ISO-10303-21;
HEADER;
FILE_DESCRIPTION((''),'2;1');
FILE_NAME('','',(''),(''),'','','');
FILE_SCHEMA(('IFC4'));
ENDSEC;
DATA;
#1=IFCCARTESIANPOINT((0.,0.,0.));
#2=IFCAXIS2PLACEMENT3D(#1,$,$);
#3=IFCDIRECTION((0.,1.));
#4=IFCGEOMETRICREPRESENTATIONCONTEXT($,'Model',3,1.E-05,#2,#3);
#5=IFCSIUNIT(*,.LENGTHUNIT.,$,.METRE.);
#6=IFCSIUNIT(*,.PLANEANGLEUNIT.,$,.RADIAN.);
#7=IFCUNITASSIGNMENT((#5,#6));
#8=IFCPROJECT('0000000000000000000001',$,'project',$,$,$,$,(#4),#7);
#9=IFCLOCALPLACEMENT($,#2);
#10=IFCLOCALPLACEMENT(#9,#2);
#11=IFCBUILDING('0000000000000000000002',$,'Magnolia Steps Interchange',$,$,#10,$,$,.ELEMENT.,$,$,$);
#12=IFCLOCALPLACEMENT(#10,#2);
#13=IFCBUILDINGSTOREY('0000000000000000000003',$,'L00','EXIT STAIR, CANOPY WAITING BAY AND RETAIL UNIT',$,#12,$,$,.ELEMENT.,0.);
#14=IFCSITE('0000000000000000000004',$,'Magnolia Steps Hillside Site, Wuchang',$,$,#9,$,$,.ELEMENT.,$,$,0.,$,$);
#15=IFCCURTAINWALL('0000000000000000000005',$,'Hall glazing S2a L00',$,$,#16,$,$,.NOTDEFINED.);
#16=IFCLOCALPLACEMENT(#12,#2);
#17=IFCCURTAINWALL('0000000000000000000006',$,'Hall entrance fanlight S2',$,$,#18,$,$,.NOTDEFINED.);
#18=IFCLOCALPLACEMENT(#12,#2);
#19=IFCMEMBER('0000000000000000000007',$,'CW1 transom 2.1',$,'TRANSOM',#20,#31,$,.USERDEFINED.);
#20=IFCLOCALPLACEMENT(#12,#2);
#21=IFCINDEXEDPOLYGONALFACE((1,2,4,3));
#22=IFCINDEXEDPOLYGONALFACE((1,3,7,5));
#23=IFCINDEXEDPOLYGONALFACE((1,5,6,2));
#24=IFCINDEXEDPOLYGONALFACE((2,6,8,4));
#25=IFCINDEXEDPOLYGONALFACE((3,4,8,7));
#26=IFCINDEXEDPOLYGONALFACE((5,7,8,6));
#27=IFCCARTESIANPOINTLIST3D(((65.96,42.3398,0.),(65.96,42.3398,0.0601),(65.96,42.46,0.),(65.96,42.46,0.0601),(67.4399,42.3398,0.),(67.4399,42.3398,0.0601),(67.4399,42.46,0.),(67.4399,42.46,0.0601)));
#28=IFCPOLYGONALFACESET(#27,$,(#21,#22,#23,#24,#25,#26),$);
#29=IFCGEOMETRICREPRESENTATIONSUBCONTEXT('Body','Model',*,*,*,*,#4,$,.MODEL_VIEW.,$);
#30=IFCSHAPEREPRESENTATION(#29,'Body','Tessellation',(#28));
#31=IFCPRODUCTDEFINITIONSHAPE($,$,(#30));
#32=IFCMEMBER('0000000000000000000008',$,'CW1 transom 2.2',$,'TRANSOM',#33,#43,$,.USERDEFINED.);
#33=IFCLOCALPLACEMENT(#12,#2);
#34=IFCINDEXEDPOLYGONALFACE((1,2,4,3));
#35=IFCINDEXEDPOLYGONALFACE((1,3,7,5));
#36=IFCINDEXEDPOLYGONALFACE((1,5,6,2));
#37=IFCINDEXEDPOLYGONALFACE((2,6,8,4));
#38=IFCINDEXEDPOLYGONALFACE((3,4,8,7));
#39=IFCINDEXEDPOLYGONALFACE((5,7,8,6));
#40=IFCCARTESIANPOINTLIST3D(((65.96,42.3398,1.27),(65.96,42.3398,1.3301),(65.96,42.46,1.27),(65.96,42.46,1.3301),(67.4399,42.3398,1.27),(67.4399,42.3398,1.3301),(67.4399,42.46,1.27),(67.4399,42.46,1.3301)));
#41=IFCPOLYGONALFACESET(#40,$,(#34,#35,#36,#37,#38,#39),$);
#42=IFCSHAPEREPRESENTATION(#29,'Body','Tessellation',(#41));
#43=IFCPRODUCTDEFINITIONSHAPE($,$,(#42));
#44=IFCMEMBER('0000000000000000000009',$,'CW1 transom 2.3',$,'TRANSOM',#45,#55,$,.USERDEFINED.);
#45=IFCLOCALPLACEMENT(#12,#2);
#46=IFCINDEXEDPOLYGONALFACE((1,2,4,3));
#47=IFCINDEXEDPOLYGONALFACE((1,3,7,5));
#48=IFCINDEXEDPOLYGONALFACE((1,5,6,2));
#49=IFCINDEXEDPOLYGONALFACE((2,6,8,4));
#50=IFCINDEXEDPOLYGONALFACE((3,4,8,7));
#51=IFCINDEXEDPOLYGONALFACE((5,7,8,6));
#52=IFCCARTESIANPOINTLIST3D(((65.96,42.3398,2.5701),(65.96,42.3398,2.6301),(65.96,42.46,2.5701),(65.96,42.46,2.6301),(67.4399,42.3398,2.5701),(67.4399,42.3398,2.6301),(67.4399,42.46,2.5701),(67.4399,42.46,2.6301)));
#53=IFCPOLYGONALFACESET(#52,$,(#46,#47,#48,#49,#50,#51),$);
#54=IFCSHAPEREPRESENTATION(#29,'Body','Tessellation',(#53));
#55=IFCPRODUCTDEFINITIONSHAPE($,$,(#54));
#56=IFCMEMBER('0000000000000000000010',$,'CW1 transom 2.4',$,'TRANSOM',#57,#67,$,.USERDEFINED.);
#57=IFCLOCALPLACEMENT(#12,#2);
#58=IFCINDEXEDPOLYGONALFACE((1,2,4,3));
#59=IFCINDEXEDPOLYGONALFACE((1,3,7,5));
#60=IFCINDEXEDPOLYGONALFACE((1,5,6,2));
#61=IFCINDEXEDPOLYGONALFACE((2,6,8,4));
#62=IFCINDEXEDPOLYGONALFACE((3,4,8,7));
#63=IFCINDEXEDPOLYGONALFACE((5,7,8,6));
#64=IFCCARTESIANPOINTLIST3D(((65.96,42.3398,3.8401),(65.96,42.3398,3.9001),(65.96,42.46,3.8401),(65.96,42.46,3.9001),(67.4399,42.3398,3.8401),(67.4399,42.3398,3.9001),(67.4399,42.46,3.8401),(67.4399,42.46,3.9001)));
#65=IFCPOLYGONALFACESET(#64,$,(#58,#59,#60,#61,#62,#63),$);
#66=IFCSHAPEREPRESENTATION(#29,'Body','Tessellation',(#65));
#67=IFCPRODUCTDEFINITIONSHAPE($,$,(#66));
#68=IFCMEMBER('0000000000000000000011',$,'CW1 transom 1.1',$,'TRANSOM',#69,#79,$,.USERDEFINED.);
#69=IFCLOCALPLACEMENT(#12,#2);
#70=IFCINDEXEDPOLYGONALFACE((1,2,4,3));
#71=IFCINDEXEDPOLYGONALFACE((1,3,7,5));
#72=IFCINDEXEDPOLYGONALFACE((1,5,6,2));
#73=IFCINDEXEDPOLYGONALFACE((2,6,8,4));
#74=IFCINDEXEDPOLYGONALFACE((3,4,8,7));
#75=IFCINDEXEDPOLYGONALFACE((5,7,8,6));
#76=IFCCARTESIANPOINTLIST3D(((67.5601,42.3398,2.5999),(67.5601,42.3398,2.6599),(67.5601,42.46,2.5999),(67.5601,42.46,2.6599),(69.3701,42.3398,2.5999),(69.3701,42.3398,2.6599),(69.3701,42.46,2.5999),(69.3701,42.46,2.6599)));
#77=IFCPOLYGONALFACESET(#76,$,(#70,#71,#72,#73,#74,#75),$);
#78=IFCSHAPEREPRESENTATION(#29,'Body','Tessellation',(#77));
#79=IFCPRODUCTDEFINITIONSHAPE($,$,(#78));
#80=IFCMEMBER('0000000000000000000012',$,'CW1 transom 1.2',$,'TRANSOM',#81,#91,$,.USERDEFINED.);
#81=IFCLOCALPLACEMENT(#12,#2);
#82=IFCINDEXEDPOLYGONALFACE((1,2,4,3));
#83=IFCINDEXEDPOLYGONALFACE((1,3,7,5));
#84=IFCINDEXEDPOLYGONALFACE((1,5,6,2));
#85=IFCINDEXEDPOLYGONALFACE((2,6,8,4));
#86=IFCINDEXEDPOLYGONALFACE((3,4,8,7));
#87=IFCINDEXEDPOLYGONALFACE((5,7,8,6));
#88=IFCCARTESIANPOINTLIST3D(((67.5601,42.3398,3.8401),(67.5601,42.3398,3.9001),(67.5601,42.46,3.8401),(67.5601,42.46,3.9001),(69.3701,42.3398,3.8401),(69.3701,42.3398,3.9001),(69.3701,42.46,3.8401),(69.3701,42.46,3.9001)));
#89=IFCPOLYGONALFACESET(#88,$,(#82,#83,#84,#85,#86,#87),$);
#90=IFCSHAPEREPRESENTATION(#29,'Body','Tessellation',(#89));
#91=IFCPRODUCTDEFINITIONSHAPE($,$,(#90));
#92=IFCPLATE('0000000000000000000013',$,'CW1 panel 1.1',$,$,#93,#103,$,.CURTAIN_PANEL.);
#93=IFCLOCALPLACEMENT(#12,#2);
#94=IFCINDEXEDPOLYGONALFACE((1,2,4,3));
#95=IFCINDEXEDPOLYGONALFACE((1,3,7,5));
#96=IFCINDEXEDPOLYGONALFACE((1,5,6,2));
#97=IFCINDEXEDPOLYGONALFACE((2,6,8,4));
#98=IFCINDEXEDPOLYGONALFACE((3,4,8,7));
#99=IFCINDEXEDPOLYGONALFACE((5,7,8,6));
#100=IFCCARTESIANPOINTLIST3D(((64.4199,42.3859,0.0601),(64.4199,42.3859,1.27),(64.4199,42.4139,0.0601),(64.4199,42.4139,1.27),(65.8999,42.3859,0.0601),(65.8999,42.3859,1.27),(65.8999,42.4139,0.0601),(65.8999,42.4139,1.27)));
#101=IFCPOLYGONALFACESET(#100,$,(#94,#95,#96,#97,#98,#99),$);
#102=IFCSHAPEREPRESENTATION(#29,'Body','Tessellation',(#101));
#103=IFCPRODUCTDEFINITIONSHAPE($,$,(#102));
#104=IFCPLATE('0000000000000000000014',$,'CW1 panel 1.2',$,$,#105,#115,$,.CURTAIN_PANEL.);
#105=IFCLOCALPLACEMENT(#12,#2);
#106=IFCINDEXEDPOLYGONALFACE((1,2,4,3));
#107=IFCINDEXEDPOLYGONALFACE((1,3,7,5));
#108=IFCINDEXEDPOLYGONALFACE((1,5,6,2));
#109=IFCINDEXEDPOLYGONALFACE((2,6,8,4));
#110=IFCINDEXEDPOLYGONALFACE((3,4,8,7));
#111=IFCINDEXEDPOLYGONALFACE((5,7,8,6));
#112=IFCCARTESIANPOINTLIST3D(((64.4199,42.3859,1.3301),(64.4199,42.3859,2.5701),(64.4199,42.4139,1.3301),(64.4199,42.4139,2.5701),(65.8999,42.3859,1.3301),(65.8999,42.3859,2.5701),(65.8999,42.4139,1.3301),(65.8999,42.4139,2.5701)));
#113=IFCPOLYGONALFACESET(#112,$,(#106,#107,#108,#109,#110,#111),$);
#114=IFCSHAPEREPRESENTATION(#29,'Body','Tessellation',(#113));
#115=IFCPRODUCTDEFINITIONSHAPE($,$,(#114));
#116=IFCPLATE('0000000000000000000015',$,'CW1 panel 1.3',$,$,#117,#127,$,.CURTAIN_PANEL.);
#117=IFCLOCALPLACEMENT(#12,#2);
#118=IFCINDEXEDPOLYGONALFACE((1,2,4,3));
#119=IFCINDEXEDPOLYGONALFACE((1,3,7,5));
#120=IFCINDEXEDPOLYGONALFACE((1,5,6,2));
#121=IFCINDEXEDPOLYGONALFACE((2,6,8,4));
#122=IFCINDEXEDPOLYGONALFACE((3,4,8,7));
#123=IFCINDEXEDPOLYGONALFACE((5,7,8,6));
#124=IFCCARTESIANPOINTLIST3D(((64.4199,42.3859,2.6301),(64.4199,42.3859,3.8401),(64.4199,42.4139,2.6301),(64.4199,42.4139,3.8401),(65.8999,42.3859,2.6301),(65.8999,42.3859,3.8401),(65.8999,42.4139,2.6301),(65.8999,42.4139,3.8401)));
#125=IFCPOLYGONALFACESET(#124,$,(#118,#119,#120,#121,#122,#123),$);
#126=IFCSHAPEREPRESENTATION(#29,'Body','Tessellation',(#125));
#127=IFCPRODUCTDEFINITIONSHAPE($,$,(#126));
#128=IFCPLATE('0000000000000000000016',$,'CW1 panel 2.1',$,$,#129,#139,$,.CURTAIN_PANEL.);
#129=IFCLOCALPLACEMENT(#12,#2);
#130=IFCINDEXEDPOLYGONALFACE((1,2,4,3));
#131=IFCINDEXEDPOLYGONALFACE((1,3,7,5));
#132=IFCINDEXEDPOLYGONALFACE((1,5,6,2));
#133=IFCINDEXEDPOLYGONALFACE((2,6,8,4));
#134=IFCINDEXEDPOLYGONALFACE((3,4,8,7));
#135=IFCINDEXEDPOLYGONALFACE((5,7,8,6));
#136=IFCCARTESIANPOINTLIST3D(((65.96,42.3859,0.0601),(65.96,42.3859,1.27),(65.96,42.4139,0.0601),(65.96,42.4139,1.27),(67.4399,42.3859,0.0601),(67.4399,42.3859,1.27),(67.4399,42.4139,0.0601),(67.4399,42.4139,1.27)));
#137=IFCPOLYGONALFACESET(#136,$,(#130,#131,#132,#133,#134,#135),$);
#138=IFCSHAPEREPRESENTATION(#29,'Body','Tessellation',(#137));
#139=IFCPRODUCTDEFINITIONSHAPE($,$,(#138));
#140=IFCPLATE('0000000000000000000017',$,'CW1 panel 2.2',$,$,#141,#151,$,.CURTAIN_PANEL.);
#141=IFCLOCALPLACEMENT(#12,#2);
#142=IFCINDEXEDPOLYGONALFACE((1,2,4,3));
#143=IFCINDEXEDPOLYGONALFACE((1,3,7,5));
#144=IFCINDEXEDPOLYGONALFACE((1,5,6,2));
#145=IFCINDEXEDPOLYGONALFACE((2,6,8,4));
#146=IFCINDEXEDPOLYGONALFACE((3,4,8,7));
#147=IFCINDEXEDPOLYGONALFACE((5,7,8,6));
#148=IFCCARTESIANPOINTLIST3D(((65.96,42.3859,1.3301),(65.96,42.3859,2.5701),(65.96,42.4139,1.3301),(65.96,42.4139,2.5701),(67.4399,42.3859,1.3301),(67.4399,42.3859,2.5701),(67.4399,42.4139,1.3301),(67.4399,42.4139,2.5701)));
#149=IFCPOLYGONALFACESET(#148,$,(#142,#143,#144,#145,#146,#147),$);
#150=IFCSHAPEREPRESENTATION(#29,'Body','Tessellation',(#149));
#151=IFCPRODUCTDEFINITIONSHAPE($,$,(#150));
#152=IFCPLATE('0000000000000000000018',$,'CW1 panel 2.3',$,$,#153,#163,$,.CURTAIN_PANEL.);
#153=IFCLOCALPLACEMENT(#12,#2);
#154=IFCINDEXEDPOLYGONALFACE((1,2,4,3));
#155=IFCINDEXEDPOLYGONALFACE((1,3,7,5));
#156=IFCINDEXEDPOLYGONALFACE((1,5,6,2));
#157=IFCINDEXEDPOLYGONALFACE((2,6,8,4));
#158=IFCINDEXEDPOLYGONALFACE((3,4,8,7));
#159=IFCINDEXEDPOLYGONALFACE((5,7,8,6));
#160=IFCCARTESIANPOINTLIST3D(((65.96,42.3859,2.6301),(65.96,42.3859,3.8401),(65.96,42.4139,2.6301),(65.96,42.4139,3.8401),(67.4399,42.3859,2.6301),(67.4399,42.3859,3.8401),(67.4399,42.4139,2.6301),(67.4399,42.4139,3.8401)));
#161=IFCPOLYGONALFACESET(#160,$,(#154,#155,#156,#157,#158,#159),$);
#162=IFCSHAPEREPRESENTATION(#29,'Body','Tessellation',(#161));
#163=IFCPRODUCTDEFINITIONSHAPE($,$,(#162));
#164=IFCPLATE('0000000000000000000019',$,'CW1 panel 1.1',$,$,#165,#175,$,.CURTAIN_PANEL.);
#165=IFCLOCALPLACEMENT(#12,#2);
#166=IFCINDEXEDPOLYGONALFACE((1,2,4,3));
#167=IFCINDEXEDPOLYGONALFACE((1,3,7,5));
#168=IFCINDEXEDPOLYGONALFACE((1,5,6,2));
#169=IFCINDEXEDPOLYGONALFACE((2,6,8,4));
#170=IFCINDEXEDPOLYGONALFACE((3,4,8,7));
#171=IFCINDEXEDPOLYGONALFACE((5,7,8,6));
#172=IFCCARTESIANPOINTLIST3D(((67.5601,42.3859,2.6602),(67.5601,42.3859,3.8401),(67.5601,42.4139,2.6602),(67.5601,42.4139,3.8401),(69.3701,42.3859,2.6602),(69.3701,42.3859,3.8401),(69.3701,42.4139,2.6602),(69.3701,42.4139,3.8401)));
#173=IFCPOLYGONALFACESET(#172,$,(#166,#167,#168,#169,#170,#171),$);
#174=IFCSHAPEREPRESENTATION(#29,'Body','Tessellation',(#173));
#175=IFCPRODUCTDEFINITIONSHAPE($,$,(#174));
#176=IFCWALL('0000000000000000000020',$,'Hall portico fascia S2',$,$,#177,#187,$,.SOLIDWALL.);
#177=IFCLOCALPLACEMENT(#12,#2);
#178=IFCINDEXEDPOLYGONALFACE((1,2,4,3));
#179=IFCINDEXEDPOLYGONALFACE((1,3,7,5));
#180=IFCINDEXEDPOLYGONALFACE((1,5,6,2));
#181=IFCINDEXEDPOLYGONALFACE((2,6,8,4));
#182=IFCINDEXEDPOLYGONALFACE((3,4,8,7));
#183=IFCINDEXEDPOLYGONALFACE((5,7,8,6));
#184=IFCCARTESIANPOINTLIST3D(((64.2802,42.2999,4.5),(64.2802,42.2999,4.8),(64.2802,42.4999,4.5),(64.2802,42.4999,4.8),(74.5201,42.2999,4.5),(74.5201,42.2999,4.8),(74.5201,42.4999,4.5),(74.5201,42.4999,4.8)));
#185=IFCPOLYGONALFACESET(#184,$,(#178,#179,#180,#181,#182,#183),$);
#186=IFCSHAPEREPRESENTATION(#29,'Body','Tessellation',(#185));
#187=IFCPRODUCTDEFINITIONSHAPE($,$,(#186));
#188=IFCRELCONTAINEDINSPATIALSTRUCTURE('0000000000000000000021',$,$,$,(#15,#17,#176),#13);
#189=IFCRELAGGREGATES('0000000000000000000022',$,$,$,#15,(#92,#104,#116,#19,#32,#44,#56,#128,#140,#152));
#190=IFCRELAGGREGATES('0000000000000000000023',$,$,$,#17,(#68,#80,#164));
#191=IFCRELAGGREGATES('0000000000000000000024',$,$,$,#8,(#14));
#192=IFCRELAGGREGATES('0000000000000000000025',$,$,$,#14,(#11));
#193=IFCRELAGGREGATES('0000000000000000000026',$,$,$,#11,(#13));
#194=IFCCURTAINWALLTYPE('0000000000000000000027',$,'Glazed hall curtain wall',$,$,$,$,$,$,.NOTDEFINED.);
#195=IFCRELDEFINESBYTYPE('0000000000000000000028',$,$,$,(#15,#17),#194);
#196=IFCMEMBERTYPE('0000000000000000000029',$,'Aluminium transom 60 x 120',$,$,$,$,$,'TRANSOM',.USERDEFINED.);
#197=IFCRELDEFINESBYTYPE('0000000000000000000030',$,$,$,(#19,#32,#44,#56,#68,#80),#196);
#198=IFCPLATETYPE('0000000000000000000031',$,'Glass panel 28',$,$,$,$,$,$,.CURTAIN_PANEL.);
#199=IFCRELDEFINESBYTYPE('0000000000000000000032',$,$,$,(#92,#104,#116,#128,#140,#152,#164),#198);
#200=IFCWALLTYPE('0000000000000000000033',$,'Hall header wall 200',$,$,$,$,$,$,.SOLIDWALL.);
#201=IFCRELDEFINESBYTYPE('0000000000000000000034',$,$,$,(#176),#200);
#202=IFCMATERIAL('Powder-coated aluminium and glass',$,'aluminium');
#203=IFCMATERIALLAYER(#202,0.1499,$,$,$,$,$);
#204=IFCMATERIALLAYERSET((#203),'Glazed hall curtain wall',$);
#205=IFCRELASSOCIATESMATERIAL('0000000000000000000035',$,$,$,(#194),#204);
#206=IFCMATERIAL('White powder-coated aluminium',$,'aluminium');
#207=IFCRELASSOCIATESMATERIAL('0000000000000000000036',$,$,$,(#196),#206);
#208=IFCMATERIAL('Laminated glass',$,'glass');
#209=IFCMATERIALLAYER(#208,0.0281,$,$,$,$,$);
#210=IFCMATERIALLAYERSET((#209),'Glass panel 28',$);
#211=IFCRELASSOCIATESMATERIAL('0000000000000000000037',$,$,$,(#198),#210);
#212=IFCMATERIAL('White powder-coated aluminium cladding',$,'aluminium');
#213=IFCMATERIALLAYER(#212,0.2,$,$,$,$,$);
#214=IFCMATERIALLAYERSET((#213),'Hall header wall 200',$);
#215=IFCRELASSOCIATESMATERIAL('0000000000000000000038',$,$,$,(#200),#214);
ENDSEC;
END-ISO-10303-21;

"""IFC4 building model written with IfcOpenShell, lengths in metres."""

from ifc_helpers import new_model, si_unit, direction, frame, frame_2d, origin, origin_2d, place, context, subcontext, project, spatial, rectangle, extrude, material, layer, layer_set, material_profile, profile_set, type_object, element, aggregate, save


model = new_model("IFC4")

# Units and contexts
model_context = context("Model", 3, precision=1e-05, world=origin(), true_north=direction((0.0, 1.0)))
body_context = subcontext(model_context, "Body", "Model", "MODEL_VIEW")
ifc_project = project(units=[si_unit("LENGTHUNIT", "METRE"), si_unit("PLANEANGLEUNIT", "RADIAN")], contexts=[model_context])

# Site, building, storey
site_placement = place(None, origin())
site = spatial("IfcSite", under=ifc_project, at=site_placement, Name="Magnolia Steps Hillside Site, Wuchang", CompositionType="ELEMENT", RefElevation=0.0)
building_placement = place(site_placement, origin())
building = spatial("IfcBuilding", under=site, at=building_placement, Name="Magnolia Steps Interchange", CompositionType="ELEMENT")
storey_placement = place(building_placement, origin())
storey = spatial("IfcBuildingStorey", under=building, at=storey_placement, Name="L00", Description="EXIT STAIR, CANOPY WAITING BAY AND RETAIL UNIT", CompositionType="ELEMENT", Elevation=0.0)

# Curtain walls
ifc_material_1 = material(Name="Powder-coated aluminium and glass", Category="aluminium")
ifc_layer_1 = layer(ifc_material_1, 0.1499)
ifc_layer_set_1 = layer_set([ifc_layer_1], Name="Glazed hall curtain wall")
curtain_wall_type = type_object("IfcCurtainWallType", Name="Glazed hall curtain wall", PredefinedType="NOTDEFINED", material=ifc_layer_set_1)
curtain_wall_1_placement = place(storey_placement, origin())
curtain_wall_1 = element("IfcCurtainWall", 1, at=curtain_wall_1_placement, inside=storey, type_object=curtain_wall_type, Name="Hall glazing S2a L00", PredefinedType="NOTDEFINED")
curtain_wall_2_placement = place(storey_placement, origin())
curtain_wall_2 = element("IfcCurtainWall", 2, at=curtain_wall_2_placement, inside=storey, type_object=curtain_wall_type, Name="Hall entrance fanlight S2", PredefinedType="NOTDEFINED")

# Members
ifc_material_2 = material(Name="White powder-coated aluminium", Category="aluminium")
ifc_material_profile_1 = material_profile(ifc_material_2, rectangle(XDim=0.0601, YDim=0.1201, at=origin_2d()), Name="Aluminium transom 60 x 120")
ifc_profile_set_1 = profile_set([ifc_material_profile_1], Name="White powder-coated aluminium")
member_type_1 = type_object("IfcMemberType", Name="Aluminium transom 60 x 120", ElementType="TRANSOM", PredefinedType="USERDEFINED", material=ifc_profile_set_1)
member_1_placement = place(storey_placement, frame((65.96, 42.3999, 0.03), z_axis=(1.0, 0.0, 0.0), x_axis=(0.0, 0.0, 1.0)))
member_1 = element("IfcMember", 3, at=member_1_placement, type_object=member_type_1, Name="CW1 transom 2.1", ObjectType="TRANSOM", PredefinedType="USERDEFINED", context=body_context, shape_type="SweptSolid", body=[
    extrude(rectangle(XDim=0.0601, YDim=0.1201, at=origin_2d()), origin(), (0.0, 0.0, 1.0), 1.48),
])
member_2_placement = place(storey_placement, frame((65.96, 42.3999, 1.3), z_axis=(1.0, 0.0, 0.0), x_axis=(0.0, 0.0, 1.0)))
member_2 = element("IfcMember", 4, at=member_2_placement, type_object=member_type_1, Name="CW1 transom 2.2", ObjectType="TRANSOM", PredefinedType="USERDEFINED", context=body_context, shape_type="SweptSolid", body=[
    extrude(rectangle(XDim=0.0601, YDim=0.1201, at=origin_2d()), origin(), (0.0, 0.0, 1.0), 1.48),
])
member_3_placement = place(storey_placement, frame((65.96, 42.3999, 2.6001), z_axis=(1.0, 0.0, 0.0), x_axis=(0.0, 0.0, 1.0)))
member_3 = element("IfcMember", 5, at=member_3_placement, type_object=member_type_1, Name="CW1 transom 2.3", ObjectType="TRANSOM", PredefinedType="USERDEFINED", context=body_context, shape_type="SweptSolid", body=[
    extrude(rectangle(XDim=0.0601, YDim=0.1201, at=origin_2d()), origin(), (0.0, 0.0, 1.0), 1.48),
])
member_4_placement = place(storey_placement, frame((65.96, 42.3999, 3.8701), z_axis=(1.0, 0.0, 0.0), x_axis=(0.0, 0.0, 1.0)))
member_4 = element("IfcMember", 6, at=member_4_placement, type_object=member_type_1, Name="CW1 transom 2.4", ObjectType="TRANSOM", PredefinedType="USERDEFINED", context=body_context, shape_type="SweptSolid", body=[
    extrude(rectangle(XDim=0.0601, YDim=0.1201, at=origin_2d()), origin(), (0.0, 0.0, 1.0), 1.48),
])
member_5_placement = place(storey_placement, frame((67.5601, 42.3999, 2.6299), z_axis=(1.0, 0.0, 0.0), x_axis=(0.0, 0.0, 1.0)))
member_5 = element("IfcMember", 7, at=member_5_placement, type_object=member_type_1, Name="CW1 transom 1.1", ObjectType="TRANSOM", PredefinedType="USERDEFINED", context=body_context, shape_type="SweptSolid", body=[
    extrude(rectangle(XDim=0.0601, YDim=0.1201, at=origin_2d()), origin(), (0.0, 0.0, 1.0), 1.8101),
])
member_6_placement = place(storey_placement, frame((67.5601, 42.3999, 3.8701), z_axis=(1.0, 0.0, 0.0), x_axis=(0.0, 0.0, 1.0)))
member_6 = element("IfcMember", 8, at=member_6_placement, type_object=member_type_1, Name="CW1 transom 1.2", ObjectType="TRANSOM", PredefinedType="USERDEFINED", context=body_context, shape_type="SweptSolid", body=[
    extrude(rectangle(XDim=0.0601, YDim=0.1201, at=origin_2d()), origin(), (0.0, 0.0, 1.0), 1.8101),
])

# Plates
ifc_material_3 = material(Name="Laminated glass", Category="glass")
ifc_layer_2 = layer(ifc_material_3, 0.0281)
ifc_layer_set_2 = layer_set([ifc_layer_2], Name="Glass panel 28")
plate_type = type_object("IfcPlateType", Name="Glass panel 28", PredefinedType="CURTAIN_PANEL", material=ifc_layer_set_2)
plate_1_placement = place(storey_placement, frame((65.1599, 42.3999, 0.0601), z_axis=(0.0, 0.0, 1.0), x_axis=(1.0, 0.0, 0.0)))
plate_1 = element("IfcPlate", 9, at=plate_1_placement, type_object=plate_type, Name="CW1 panel 1.1", PredefinedType="CURTAIN_PANEL", context=body_context, shape_type="SweptSolid", body=[
    extrude(rectangle(XDim=1.48, YDim=0.0281, at=origin_2d()), origin(), (0.0, 0.0, 1.0), 1.21),
])
plate_2_placement = place(storey_placement, frame((65.1599, 42.3999, 1.3301), z_axis=(0.0, 0.0, 1.0), x_axis=(1.0, 0.0, 0.0)))
plate_2 = element("IfcPlate", 10, at=plate_2_placement, type_object=plate_type, Name="CW1 panel 1.2", PredefinedType="CURTAIN_PANEL", context=body_context, shape_type="SweptSolid", body=[
    extrude(rectangle(XDim=1.48, YDim=0.0281, at=origin_2d()), origin(), (0.0, 0.0, 1.0), 1.24),
])
plate_3_placement = place(storey_placement, frame((65.1599, 42.3999, 2.6301), z_axis=(0.0, 0.0, 1.0), x_axis=(1.0, 0.0, 0.0)))
plate_3 = element("IfcPlate", 11, at=plate_3_placement, type_object=plate_type, Name="CW1 panel 1.3", PredefinedType="CURTAIN_PANEL", context=body_context, shape_type="SweptSolid", body=[
    extrude(rectangle(XDim=1.48, YDim=0.0281, at=origin_2d()), origin(), (0.0, 0.0, 1.0), 1.21),
])
plate_4_placement = place(storey_placement, frame((66.7, 42.3999, 0.0601), z_axis=(0.0, 0.0, 1.0), x_axis=(1.0, 0.0, 0.0)))
plate_4 = element("IfcPlate", 12, at=plate_4_placement, type_object=plate_type, Name="CW1 panel 2.1", PredefinedType="CURTAIN_PANEL", context=body_context, shape_type="SweptSolid", body=[
    extrude(rectangle(XDim=1.48, YDim=0.0281, at=origin_2d()), origin(), (0.0, 0.0, 1.0), 1.21),
])
plate_5_placement = place(storey_placement, frame((66.7, 42.3999, 1.3301), z_axis=(0.0, 0.0, 1.0), x_axis=(1.0, 0.0, 0.0)))
plate_5 = element("IfcPlate", 13, at=plate_5_placement, type_object=plate_type, Name="CW1 panel 2.2", PredefinedType="CURTAIN_PANEL", context=body_context, shape_type="SweptSolid", body=[
    extrude(rectangle(XDim=1.48, YDim=0.0281, at=origin_2d()), origin(), (0.0, 0.0, 1.0), 1.24),
])
plate_6_placement = place(storey_placement, frame((66.7, 42.3999, 2.6301), z_axis=(0.0, 0.0, 1.0), x_axis=(1.0, 0.0, 0.0)))
plate_6 = element("IfcPlate", 14, at=plate_6_placement, type_object=plate_type, Name="CW1 panel 2.3", PredefinedType="CURTAIN_PANEL", context=body_context, shape_type="SweptSolid", body=[
    extrude(rectangle(XDim=1.48, YDim=0.0281, at=origin_2d()), origin(), (0.0, 0.0, 1.0), 1.21),
])
aggregate(curtain_wall_1, [plate_1, plate_2, plate_3, member_1, member_2, member_3, member_4, plate_4, plate_5, plate_6])
plate_7_placement = place(storey_placement, frame((68.4651, 42.3999, 2.6602), z_axis=(0.0, 0.0, 1.0), x_axis=(1.0, 0.0, 0.0)))
plate_7 = element("IfcPlate", 15, at=plate_7_placement, type_object=plate_type, Name="CW1 panel 1.1", PredefinedType="CURTAIN_PANEL", context=body_context, shape_type="SweptSolid", body=[
    extrude(rectangle(XDim=1.8101, YDim=0.0281, at=origin_2d()), origin(), (0.0, 0.0, 1.0), 1.1799),
])
aggregate(curtain_wall_2, [member_5, member_6, plate_7])

# Wall
ifc_material_4 = material(Name="White powder-coated aluminium cladding", Category="aluminium")
ifc_layer_3 = layer(ifc_material_4, 0.2)
ifc_layer_set_3 = layer_set([ifc_layer_3], Name="Hall header wall 200")
wall_type_1 = type_object("IfcWallType", Name="Hall header wall 200", PredefinedType="SOLIDWALL", material=ifc_layer_set_3)
wall_1_placement = place(storey_placement, frame((64.28, 42.3999, 4.5), z_axis=(0.0, 0.0, 1.0), x_axis=(1.0, 0.0, 0.0)))
element("IfcWall", 16, at=wall_1_placement, inside=storey, type_object=wall_type_1, Name="Hall portico fascia S2", PredefinedType="SOLIDWALL", context=body_context, shape_type="SweptSolid", body=[
    extrude(rectangle(XDim=10.24, YDim=0.2, at=frame_2d((5.1201, 0.0))), origin(), (0.0, 0.0, 1.0), 0.3),
])

save(model, "model.ifc")
